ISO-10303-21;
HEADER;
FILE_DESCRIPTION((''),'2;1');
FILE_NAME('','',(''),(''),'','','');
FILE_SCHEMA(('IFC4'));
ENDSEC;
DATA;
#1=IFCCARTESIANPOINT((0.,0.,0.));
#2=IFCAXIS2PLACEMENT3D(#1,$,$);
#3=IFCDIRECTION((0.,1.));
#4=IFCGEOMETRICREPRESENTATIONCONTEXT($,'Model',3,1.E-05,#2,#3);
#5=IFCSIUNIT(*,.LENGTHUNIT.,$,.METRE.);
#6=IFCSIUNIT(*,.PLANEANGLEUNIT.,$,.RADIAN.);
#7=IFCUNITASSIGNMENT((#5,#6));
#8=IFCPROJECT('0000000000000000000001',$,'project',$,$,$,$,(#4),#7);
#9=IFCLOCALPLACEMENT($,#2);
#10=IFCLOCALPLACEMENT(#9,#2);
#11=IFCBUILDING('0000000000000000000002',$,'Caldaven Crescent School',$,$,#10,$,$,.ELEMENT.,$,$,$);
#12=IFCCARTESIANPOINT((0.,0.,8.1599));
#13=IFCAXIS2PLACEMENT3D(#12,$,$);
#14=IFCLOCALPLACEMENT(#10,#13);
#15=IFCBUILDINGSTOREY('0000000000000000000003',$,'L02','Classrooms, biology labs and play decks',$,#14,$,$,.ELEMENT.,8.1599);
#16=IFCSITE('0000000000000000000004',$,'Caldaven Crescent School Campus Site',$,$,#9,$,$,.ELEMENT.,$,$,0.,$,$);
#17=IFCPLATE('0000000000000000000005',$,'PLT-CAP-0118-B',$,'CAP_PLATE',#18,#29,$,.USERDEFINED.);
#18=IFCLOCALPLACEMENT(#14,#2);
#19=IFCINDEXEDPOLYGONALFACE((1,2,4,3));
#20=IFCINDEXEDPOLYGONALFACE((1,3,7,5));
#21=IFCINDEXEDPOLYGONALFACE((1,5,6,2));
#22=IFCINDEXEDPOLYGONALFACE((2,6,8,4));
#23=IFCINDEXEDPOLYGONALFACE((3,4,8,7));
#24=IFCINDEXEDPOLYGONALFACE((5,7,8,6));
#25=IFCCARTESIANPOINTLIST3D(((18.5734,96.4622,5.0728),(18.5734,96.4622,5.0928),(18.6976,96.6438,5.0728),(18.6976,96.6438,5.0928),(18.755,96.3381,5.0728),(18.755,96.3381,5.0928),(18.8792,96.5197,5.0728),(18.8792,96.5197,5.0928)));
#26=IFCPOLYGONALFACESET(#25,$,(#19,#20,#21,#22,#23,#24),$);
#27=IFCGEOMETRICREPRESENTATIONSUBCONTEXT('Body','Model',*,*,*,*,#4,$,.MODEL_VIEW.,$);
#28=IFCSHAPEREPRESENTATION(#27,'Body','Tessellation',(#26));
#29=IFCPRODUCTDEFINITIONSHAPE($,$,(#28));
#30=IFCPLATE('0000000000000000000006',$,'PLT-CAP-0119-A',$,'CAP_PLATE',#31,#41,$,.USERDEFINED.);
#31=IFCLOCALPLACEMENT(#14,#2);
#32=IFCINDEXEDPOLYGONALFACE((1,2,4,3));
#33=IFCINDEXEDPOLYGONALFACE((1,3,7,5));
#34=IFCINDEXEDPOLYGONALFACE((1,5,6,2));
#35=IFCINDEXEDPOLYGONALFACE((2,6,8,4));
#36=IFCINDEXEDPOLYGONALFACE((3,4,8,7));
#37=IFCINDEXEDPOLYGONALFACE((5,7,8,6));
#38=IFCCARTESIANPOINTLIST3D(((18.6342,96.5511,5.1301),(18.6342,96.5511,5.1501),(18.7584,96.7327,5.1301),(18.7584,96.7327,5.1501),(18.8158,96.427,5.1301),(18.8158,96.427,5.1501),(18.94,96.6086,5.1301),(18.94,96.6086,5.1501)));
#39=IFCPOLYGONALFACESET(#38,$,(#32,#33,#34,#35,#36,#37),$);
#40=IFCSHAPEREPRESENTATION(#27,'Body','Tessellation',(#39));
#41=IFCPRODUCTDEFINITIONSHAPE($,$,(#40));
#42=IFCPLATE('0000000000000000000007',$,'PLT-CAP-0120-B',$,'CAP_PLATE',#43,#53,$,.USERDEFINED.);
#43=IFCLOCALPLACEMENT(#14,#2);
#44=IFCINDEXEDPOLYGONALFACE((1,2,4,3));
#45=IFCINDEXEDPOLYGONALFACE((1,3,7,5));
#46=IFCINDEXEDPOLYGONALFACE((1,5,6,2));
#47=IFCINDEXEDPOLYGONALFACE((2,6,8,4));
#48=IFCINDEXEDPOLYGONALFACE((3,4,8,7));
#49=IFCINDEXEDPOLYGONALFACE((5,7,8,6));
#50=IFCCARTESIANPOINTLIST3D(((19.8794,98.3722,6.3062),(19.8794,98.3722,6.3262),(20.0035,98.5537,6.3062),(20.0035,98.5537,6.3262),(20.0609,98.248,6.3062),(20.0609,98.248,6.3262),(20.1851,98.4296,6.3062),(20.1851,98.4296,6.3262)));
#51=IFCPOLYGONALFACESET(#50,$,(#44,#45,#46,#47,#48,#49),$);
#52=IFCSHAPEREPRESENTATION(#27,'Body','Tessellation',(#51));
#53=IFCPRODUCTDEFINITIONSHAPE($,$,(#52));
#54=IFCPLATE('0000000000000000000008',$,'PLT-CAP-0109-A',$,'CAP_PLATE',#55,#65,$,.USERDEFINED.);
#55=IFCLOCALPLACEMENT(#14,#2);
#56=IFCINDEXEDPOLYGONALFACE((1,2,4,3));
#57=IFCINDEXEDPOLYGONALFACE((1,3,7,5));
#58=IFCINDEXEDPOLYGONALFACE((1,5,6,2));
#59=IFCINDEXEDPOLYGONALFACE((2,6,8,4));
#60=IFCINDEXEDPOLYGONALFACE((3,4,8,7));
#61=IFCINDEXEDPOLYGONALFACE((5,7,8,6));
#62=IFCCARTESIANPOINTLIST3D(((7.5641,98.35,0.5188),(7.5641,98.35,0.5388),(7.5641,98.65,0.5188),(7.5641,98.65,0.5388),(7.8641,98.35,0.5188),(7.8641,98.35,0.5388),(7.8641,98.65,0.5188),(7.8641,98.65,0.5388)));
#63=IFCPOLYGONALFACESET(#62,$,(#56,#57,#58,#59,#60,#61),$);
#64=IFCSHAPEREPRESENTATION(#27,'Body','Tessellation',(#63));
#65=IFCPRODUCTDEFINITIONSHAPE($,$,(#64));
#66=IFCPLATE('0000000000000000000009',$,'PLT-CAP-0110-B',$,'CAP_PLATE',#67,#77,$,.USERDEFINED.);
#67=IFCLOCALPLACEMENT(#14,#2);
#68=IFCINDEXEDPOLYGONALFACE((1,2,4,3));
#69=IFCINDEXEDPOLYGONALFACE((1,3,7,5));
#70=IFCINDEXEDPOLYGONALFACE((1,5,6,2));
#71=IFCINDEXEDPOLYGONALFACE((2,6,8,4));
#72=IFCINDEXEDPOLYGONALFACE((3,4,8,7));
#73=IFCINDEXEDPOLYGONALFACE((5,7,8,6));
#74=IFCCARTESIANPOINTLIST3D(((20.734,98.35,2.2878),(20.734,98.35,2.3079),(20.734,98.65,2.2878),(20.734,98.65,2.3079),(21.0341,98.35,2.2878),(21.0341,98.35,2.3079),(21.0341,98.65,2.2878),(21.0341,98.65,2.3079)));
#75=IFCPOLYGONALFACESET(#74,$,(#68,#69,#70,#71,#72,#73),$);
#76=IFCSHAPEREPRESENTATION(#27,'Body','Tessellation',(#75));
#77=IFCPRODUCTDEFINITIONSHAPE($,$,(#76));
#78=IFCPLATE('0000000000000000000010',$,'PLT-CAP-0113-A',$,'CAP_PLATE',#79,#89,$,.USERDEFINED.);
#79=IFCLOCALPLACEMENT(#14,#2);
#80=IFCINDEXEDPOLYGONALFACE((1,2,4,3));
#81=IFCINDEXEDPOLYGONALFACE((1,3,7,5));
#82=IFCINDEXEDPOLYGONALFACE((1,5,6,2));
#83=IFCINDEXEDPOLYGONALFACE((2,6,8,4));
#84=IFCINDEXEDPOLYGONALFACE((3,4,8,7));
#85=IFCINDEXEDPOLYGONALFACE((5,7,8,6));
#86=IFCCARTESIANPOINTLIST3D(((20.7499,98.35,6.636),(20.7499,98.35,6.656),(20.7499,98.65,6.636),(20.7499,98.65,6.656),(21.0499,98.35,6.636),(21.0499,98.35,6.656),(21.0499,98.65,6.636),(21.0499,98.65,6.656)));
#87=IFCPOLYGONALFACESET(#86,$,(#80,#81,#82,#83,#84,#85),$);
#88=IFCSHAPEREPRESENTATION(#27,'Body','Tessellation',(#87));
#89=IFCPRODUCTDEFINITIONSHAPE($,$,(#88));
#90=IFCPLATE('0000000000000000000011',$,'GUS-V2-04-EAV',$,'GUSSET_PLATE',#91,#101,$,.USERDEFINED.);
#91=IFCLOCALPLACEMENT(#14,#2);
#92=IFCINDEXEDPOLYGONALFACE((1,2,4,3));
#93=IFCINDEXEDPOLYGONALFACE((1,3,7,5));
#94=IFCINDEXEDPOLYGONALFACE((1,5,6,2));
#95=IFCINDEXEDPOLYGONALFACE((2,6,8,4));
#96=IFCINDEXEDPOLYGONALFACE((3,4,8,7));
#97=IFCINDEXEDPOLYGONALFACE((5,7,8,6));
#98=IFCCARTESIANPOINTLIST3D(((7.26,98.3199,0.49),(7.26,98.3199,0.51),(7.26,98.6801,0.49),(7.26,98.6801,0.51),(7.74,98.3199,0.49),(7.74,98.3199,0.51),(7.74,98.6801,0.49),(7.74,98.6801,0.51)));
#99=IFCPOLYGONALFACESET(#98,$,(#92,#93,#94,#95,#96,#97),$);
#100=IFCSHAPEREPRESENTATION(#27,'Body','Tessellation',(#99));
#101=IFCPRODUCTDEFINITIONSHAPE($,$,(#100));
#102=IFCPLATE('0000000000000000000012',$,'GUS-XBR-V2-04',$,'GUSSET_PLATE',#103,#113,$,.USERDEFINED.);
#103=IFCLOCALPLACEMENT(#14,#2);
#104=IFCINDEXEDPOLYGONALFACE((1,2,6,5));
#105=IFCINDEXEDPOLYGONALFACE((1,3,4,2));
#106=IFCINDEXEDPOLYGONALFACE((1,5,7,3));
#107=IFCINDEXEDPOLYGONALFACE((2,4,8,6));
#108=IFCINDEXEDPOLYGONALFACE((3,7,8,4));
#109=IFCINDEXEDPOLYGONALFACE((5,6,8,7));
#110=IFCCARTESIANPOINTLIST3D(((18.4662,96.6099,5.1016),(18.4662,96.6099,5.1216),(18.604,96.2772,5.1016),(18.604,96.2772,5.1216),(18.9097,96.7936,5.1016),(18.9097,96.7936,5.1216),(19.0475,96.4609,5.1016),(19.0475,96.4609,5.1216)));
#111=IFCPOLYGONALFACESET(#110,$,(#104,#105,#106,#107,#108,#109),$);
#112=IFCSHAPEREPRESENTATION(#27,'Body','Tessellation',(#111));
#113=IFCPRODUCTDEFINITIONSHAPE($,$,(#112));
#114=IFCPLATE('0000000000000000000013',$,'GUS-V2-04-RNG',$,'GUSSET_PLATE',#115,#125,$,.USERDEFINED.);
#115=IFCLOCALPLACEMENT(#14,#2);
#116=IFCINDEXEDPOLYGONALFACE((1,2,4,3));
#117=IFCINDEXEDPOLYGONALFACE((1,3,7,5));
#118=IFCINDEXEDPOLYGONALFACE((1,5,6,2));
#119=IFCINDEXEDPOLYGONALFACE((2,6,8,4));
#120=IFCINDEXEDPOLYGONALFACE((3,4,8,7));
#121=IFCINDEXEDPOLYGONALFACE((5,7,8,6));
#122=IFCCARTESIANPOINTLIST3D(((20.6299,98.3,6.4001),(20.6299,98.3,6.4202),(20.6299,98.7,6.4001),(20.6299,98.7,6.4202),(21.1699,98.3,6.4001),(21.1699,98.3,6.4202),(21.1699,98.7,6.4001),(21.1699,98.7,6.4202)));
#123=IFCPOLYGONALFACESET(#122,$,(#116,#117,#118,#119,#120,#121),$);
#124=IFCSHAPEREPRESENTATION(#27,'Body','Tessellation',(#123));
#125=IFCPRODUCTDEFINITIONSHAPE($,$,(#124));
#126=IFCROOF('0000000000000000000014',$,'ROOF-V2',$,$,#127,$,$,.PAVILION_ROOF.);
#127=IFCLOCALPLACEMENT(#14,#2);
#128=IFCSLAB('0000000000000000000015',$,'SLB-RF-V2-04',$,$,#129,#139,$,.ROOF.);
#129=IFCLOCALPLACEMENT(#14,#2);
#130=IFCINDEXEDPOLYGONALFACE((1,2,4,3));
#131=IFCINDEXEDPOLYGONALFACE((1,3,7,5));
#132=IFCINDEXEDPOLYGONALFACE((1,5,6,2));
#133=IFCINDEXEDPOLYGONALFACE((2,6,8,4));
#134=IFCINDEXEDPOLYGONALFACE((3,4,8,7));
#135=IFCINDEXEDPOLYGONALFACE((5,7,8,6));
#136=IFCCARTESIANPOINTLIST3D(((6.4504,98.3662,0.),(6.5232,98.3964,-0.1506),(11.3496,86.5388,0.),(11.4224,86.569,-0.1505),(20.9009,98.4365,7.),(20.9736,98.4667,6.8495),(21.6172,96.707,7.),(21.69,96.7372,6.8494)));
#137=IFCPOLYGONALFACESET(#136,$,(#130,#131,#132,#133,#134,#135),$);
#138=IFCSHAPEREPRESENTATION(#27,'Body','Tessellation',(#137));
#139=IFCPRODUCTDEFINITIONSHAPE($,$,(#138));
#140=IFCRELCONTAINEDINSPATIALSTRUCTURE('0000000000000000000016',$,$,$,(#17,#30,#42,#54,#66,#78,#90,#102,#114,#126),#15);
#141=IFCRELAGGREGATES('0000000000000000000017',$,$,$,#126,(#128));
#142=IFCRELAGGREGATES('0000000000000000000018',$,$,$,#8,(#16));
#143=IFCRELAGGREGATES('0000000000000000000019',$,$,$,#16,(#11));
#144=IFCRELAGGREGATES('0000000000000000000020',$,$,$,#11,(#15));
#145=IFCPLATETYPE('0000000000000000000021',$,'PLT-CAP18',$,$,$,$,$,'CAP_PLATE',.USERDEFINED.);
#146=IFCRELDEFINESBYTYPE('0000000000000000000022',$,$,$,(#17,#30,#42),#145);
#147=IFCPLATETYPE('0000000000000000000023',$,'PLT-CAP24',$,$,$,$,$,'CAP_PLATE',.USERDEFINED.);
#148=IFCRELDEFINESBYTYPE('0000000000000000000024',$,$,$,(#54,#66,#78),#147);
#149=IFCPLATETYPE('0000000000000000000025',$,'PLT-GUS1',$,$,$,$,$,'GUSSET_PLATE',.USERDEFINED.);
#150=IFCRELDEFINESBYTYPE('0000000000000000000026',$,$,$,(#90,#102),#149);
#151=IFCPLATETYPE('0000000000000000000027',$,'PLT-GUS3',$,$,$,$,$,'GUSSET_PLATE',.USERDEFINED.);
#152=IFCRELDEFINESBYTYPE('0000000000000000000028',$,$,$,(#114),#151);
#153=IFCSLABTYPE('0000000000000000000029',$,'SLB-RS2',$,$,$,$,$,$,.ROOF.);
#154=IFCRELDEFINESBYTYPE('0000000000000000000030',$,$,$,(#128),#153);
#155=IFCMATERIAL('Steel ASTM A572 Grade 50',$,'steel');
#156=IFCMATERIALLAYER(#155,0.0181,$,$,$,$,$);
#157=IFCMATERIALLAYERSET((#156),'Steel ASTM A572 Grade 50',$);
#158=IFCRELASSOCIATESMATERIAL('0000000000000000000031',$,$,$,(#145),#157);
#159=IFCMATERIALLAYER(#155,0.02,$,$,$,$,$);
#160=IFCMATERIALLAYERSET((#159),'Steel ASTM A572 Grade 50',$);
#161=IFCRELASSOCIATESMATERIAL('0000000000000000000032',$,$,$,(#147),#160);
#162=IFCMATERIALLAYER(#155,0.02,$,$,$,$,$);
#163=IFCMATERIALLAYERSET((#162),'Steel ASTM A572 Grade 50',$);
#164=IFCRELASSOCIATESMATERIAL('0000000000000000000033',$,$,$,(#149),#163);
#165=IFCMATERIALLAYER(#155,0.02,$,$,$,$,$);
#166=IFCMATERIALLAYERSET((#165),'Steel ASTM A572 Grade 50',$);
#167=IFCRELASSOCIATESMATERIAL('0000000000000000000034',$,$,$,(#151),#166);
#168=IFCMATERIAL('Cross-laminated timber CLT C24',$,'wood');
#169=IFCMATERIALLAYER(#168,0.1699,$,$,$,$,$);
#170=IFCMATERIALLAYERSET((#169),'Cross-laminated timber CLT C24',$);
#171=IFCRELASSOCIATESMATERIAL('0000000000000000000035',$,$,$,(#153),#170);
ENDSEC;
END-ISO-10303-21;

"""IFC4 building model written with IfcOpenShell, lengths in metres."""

from ifc_helpers import new_model, si_unit, direction, frame, origin, origin_2d, place, context, subcontext, project, spatial, polyline, rectangle, outline, extrude, material, layer, layer_set, type_object, element, aggregate, save


model = new_model("IFC4")

# Units and contexts
model_context = context("Model", 3, precision=1e-05, world=origin(), true_north=direction((0.0, 1.0)))
body_context = subcontext(model_context, "Body", "Model", "MODEL_VIEW")
ifc_project = project(units=[si_unit("LENGTHUNIT", "METRE"), si_unit("PLANEANGLEUNIT", "RADIAN")], contexts=[model_context])

# Site, building, storey
site_placement = place(None, origin())
site = spatial("IfcSite", under=ifc_project, at=site_placement, Name="Caldaven Crescent School Campus Site", CompositionType="ELEMENT", RefElevation=0.0)
building_placement = place(site_placement, origin())
building = spatial("IfcBuilding", under=site, at=building_placement, Name="Caldaven Crescent School", CompositionType="ELEMENT")
storey_placement = place(building_placement, frame((0.0, 0.0, 8.1599)))
storey = spatial("IfcBuildingStorey", under=building, at=storey_placement, Name="L02", Description="Classrooms, biology labs and play decks", CompositionType="ELEMENT", Elevation=8.1599)

# Shared definitions
ifc_material_1 = material(Name="Steel ASTM A572 Grade 50", Category="steel")

# Plates
ifc_layer_1 = layer(ifc_material_1, 0.0181)
ifc_layer_set_1 = layer_set([ifc_layer_1], Name="Steel ASTM A572 Grade 50")
plate_type_1 = type_object("IfcPlateType", Name="PLT-CAP18", ElementType="CAP_PLATE", PredefinedType="USERDEFINED", material=ifc_layer_set_1)
for number, where, z_axis, x_axis, name in (
    (1, (18.7263, 96.491, 5.0728), (0.0, 0.0, 1.0), (0.564391, 0.825508, 0.0), "PLT-CAP-0118-B"),
    (2, (18.7871, 96.5798, 5.1301), (0.0, 0.0, 1.0), (0.564391, 0.825508, 0.0), "PLT-CAP-0119-A"),
    (3, (20.0322, 98.4009, 6.3062), (0.0, 0.0, 1.0), (0.564391, 0.825508, 0.0), "PLT-CAP-0120-B"),
):
    element("IfcPlate", number, at=place(storey_placement, frame(where, z_axis=z_axis, x_axis=x_axis)), inside=storey, type_object=plate_type_1, Name=name, ObjectType="CAP_PLATE", PredefinedType="USERDEFINED", context=body_context, shape_type="SweptSolid", body=[
        extrude(rectangle(XDim=0.22, YDim=0.22, at=origin_2d()), origin(), (0.0, 0.0, 1.0), 0.02),
    ])
ifc_layer_2 = layer(ifc_material_1, 0.02)
ifc_layer_set_2 = layer_set([ifc_layer_2], Name="Steel ASTM A572 Grade 50")
plate_type_2 = type_object("IfcPlateType", Name="PLT-CAP24", ElementType="CAP_PLATE", PredefinedType="USERDEFINED", material=ifc_layer_set_2)
for number, where, z_axis, x_axis, name in (
    (4, (7.7141, 98.5, 0.5188), (0.0, 0.0, 1.0), (1.0, 0.0, 0.0), "PLT-CAP-0109-A"),
    (5, (20.884, 98.5, 2.2878), (0.0, 0.0, 1.0), (1.0, 0.0, 0.0), "PLT-CAP-0110-B"),
    (6, (20.8999, 98.5, 6.636), (0.0, 0.0, 1.0), (1.0, 0.0, 0.0), "PLT-CAP-0113-A"),
):
    element("IfcPlate", number, at=place(storey_placement, frame(where, z_axis=z_axis, x_axis=x_axis)), inside=storey, type_object=plate_type_2, Name=name, ObjectType="CAP_PLATE", PredefinedType="USERDEFINED", context=body_context, shape_type="SweptSolid", body=[
        extrude(rectangle(XDim=0.3, YDim=0.3, at=origin_2d()), origin(), (0.0, 0.0, 1.0), 0.02),
    ])
ifc_layer_3 = layer(ifc_material_1, 0.02)
ifc_layer_set_3 = layer_set([ifc_layer_3], Name="Steel ASTM A572 Grade 50")
plate_type_3 = type_object("IfcPlateType", Name="PLT-GUS1", ElementType="GUSSET_PLATE", PredefinedType="USERDEFINED", material=ifc_layer_set_3)
for number, where, z_axis, x_axis, name in (
    (7, (7.5, 98.5, 0.49), (0.0, 0.0, 1.0), (-1.0, 0.0, 0.0), "GUS-V2-04-EAV"),
    (8, (18.7568, 96.5354, 5.1016), (0.0, 0.0, 1.0), (-0.92388, -0.382683, 0.0), "GUS-XBR-V2-04"),
):
    element("IfcPlate", number, at=place(storey_placement, frame(where, z_axis=z_axis, x_axis=x_axis)), inside=storey, type_object=plate_type_3, Name=name, ObjectType="GUSSET_PLATE", PredefinedType="USERDEFINED", context=body_context, shape_type="SweptSolid", body=[
        extrude(rectangle(XDim=0.48, YDim=0.3601, at=origin_2d()), origin(), (0.0, 0.0, 1.0), 0.02),
    ])
ifc_layer_4 = layer(ifc_material_1, 0.02)
ifc_layer_set_4 = layer_set([ifc_layer_4], Name="Steel ASTM A572 Grade 50")
plate_type_4 = type_object("IfcPlateType", Name="PLT-GUS3", ElementType="GUSSET_PLATE", PredefinedType="USERDEFINED", material=ifc_layer_set_4)
plate_placement = place(storey_placement, frame((20.8999, 98.5, 6.4001), z_axis=(0.0, 0.0, 1.0), x_axis=(-1.0, 0.0, 0.0)))
element("IfcPlate", 9, at=plate_placement, inside=storey, type_object=plate_type_4, Name="GUS-V2-04-RNG", ObjectType="GUSSET_PLATE", PredefinedType="USERDEFINED", context=body_context, shape_type="SweptSolid", body=[
    extrude(rectangle(XDim=0.54, YDim=0.3999, at=origin_2d()), origin(), (0.0, 0.0, 1.0), 0.02),
])

# Roof, slab
roof_placement = place(storey_placement, origin())
roof = element("IfcRoof", 10, at=roof_placement, inside=storey, Name="ROOF-V2", PredefinedType="PAVILION_ROOF")
ifc_material_2 = material(Name="Cross-laminated timber CLT C24", Category="wood")
ifc_layer_5 = layer(ifc_material_2, 0.1699)
ifc_layer_set_5 = layer_set([ifc_layer_5], Name="Cross-laminated timber CLT C24")
slab_type = type_object("IfcSlabType", Name="SLB-RS2", PredefinedType="ROOF", material=ifc_layer_set_5)
slab_placement = place(storey_placement, frame((6.4504, 98.3662, 0.0), z_axis=(-0.428343, -0.177426, 0.886026), x_axis=(0.382689, -0.923877, 0.000002)))
slab = element("IfcSlab", 11, at=slab_placement, type_object=slab_type, Name="SLB-RF-V2-04", PredefinedType="ROOF", context=body_context, shape_type="SweptSolid", body=[
    extrude(outline(polyline([(0.0, 0.0), (12.8019, 0.0), (7.337, 15.098), (5.4651, 15.0981), (0.0, 0.0)])), origin(), (0.0, 0.0, -1.0), 0.1699),
])
aggregate(roof, [slab])

save(model, "model.ifc")
